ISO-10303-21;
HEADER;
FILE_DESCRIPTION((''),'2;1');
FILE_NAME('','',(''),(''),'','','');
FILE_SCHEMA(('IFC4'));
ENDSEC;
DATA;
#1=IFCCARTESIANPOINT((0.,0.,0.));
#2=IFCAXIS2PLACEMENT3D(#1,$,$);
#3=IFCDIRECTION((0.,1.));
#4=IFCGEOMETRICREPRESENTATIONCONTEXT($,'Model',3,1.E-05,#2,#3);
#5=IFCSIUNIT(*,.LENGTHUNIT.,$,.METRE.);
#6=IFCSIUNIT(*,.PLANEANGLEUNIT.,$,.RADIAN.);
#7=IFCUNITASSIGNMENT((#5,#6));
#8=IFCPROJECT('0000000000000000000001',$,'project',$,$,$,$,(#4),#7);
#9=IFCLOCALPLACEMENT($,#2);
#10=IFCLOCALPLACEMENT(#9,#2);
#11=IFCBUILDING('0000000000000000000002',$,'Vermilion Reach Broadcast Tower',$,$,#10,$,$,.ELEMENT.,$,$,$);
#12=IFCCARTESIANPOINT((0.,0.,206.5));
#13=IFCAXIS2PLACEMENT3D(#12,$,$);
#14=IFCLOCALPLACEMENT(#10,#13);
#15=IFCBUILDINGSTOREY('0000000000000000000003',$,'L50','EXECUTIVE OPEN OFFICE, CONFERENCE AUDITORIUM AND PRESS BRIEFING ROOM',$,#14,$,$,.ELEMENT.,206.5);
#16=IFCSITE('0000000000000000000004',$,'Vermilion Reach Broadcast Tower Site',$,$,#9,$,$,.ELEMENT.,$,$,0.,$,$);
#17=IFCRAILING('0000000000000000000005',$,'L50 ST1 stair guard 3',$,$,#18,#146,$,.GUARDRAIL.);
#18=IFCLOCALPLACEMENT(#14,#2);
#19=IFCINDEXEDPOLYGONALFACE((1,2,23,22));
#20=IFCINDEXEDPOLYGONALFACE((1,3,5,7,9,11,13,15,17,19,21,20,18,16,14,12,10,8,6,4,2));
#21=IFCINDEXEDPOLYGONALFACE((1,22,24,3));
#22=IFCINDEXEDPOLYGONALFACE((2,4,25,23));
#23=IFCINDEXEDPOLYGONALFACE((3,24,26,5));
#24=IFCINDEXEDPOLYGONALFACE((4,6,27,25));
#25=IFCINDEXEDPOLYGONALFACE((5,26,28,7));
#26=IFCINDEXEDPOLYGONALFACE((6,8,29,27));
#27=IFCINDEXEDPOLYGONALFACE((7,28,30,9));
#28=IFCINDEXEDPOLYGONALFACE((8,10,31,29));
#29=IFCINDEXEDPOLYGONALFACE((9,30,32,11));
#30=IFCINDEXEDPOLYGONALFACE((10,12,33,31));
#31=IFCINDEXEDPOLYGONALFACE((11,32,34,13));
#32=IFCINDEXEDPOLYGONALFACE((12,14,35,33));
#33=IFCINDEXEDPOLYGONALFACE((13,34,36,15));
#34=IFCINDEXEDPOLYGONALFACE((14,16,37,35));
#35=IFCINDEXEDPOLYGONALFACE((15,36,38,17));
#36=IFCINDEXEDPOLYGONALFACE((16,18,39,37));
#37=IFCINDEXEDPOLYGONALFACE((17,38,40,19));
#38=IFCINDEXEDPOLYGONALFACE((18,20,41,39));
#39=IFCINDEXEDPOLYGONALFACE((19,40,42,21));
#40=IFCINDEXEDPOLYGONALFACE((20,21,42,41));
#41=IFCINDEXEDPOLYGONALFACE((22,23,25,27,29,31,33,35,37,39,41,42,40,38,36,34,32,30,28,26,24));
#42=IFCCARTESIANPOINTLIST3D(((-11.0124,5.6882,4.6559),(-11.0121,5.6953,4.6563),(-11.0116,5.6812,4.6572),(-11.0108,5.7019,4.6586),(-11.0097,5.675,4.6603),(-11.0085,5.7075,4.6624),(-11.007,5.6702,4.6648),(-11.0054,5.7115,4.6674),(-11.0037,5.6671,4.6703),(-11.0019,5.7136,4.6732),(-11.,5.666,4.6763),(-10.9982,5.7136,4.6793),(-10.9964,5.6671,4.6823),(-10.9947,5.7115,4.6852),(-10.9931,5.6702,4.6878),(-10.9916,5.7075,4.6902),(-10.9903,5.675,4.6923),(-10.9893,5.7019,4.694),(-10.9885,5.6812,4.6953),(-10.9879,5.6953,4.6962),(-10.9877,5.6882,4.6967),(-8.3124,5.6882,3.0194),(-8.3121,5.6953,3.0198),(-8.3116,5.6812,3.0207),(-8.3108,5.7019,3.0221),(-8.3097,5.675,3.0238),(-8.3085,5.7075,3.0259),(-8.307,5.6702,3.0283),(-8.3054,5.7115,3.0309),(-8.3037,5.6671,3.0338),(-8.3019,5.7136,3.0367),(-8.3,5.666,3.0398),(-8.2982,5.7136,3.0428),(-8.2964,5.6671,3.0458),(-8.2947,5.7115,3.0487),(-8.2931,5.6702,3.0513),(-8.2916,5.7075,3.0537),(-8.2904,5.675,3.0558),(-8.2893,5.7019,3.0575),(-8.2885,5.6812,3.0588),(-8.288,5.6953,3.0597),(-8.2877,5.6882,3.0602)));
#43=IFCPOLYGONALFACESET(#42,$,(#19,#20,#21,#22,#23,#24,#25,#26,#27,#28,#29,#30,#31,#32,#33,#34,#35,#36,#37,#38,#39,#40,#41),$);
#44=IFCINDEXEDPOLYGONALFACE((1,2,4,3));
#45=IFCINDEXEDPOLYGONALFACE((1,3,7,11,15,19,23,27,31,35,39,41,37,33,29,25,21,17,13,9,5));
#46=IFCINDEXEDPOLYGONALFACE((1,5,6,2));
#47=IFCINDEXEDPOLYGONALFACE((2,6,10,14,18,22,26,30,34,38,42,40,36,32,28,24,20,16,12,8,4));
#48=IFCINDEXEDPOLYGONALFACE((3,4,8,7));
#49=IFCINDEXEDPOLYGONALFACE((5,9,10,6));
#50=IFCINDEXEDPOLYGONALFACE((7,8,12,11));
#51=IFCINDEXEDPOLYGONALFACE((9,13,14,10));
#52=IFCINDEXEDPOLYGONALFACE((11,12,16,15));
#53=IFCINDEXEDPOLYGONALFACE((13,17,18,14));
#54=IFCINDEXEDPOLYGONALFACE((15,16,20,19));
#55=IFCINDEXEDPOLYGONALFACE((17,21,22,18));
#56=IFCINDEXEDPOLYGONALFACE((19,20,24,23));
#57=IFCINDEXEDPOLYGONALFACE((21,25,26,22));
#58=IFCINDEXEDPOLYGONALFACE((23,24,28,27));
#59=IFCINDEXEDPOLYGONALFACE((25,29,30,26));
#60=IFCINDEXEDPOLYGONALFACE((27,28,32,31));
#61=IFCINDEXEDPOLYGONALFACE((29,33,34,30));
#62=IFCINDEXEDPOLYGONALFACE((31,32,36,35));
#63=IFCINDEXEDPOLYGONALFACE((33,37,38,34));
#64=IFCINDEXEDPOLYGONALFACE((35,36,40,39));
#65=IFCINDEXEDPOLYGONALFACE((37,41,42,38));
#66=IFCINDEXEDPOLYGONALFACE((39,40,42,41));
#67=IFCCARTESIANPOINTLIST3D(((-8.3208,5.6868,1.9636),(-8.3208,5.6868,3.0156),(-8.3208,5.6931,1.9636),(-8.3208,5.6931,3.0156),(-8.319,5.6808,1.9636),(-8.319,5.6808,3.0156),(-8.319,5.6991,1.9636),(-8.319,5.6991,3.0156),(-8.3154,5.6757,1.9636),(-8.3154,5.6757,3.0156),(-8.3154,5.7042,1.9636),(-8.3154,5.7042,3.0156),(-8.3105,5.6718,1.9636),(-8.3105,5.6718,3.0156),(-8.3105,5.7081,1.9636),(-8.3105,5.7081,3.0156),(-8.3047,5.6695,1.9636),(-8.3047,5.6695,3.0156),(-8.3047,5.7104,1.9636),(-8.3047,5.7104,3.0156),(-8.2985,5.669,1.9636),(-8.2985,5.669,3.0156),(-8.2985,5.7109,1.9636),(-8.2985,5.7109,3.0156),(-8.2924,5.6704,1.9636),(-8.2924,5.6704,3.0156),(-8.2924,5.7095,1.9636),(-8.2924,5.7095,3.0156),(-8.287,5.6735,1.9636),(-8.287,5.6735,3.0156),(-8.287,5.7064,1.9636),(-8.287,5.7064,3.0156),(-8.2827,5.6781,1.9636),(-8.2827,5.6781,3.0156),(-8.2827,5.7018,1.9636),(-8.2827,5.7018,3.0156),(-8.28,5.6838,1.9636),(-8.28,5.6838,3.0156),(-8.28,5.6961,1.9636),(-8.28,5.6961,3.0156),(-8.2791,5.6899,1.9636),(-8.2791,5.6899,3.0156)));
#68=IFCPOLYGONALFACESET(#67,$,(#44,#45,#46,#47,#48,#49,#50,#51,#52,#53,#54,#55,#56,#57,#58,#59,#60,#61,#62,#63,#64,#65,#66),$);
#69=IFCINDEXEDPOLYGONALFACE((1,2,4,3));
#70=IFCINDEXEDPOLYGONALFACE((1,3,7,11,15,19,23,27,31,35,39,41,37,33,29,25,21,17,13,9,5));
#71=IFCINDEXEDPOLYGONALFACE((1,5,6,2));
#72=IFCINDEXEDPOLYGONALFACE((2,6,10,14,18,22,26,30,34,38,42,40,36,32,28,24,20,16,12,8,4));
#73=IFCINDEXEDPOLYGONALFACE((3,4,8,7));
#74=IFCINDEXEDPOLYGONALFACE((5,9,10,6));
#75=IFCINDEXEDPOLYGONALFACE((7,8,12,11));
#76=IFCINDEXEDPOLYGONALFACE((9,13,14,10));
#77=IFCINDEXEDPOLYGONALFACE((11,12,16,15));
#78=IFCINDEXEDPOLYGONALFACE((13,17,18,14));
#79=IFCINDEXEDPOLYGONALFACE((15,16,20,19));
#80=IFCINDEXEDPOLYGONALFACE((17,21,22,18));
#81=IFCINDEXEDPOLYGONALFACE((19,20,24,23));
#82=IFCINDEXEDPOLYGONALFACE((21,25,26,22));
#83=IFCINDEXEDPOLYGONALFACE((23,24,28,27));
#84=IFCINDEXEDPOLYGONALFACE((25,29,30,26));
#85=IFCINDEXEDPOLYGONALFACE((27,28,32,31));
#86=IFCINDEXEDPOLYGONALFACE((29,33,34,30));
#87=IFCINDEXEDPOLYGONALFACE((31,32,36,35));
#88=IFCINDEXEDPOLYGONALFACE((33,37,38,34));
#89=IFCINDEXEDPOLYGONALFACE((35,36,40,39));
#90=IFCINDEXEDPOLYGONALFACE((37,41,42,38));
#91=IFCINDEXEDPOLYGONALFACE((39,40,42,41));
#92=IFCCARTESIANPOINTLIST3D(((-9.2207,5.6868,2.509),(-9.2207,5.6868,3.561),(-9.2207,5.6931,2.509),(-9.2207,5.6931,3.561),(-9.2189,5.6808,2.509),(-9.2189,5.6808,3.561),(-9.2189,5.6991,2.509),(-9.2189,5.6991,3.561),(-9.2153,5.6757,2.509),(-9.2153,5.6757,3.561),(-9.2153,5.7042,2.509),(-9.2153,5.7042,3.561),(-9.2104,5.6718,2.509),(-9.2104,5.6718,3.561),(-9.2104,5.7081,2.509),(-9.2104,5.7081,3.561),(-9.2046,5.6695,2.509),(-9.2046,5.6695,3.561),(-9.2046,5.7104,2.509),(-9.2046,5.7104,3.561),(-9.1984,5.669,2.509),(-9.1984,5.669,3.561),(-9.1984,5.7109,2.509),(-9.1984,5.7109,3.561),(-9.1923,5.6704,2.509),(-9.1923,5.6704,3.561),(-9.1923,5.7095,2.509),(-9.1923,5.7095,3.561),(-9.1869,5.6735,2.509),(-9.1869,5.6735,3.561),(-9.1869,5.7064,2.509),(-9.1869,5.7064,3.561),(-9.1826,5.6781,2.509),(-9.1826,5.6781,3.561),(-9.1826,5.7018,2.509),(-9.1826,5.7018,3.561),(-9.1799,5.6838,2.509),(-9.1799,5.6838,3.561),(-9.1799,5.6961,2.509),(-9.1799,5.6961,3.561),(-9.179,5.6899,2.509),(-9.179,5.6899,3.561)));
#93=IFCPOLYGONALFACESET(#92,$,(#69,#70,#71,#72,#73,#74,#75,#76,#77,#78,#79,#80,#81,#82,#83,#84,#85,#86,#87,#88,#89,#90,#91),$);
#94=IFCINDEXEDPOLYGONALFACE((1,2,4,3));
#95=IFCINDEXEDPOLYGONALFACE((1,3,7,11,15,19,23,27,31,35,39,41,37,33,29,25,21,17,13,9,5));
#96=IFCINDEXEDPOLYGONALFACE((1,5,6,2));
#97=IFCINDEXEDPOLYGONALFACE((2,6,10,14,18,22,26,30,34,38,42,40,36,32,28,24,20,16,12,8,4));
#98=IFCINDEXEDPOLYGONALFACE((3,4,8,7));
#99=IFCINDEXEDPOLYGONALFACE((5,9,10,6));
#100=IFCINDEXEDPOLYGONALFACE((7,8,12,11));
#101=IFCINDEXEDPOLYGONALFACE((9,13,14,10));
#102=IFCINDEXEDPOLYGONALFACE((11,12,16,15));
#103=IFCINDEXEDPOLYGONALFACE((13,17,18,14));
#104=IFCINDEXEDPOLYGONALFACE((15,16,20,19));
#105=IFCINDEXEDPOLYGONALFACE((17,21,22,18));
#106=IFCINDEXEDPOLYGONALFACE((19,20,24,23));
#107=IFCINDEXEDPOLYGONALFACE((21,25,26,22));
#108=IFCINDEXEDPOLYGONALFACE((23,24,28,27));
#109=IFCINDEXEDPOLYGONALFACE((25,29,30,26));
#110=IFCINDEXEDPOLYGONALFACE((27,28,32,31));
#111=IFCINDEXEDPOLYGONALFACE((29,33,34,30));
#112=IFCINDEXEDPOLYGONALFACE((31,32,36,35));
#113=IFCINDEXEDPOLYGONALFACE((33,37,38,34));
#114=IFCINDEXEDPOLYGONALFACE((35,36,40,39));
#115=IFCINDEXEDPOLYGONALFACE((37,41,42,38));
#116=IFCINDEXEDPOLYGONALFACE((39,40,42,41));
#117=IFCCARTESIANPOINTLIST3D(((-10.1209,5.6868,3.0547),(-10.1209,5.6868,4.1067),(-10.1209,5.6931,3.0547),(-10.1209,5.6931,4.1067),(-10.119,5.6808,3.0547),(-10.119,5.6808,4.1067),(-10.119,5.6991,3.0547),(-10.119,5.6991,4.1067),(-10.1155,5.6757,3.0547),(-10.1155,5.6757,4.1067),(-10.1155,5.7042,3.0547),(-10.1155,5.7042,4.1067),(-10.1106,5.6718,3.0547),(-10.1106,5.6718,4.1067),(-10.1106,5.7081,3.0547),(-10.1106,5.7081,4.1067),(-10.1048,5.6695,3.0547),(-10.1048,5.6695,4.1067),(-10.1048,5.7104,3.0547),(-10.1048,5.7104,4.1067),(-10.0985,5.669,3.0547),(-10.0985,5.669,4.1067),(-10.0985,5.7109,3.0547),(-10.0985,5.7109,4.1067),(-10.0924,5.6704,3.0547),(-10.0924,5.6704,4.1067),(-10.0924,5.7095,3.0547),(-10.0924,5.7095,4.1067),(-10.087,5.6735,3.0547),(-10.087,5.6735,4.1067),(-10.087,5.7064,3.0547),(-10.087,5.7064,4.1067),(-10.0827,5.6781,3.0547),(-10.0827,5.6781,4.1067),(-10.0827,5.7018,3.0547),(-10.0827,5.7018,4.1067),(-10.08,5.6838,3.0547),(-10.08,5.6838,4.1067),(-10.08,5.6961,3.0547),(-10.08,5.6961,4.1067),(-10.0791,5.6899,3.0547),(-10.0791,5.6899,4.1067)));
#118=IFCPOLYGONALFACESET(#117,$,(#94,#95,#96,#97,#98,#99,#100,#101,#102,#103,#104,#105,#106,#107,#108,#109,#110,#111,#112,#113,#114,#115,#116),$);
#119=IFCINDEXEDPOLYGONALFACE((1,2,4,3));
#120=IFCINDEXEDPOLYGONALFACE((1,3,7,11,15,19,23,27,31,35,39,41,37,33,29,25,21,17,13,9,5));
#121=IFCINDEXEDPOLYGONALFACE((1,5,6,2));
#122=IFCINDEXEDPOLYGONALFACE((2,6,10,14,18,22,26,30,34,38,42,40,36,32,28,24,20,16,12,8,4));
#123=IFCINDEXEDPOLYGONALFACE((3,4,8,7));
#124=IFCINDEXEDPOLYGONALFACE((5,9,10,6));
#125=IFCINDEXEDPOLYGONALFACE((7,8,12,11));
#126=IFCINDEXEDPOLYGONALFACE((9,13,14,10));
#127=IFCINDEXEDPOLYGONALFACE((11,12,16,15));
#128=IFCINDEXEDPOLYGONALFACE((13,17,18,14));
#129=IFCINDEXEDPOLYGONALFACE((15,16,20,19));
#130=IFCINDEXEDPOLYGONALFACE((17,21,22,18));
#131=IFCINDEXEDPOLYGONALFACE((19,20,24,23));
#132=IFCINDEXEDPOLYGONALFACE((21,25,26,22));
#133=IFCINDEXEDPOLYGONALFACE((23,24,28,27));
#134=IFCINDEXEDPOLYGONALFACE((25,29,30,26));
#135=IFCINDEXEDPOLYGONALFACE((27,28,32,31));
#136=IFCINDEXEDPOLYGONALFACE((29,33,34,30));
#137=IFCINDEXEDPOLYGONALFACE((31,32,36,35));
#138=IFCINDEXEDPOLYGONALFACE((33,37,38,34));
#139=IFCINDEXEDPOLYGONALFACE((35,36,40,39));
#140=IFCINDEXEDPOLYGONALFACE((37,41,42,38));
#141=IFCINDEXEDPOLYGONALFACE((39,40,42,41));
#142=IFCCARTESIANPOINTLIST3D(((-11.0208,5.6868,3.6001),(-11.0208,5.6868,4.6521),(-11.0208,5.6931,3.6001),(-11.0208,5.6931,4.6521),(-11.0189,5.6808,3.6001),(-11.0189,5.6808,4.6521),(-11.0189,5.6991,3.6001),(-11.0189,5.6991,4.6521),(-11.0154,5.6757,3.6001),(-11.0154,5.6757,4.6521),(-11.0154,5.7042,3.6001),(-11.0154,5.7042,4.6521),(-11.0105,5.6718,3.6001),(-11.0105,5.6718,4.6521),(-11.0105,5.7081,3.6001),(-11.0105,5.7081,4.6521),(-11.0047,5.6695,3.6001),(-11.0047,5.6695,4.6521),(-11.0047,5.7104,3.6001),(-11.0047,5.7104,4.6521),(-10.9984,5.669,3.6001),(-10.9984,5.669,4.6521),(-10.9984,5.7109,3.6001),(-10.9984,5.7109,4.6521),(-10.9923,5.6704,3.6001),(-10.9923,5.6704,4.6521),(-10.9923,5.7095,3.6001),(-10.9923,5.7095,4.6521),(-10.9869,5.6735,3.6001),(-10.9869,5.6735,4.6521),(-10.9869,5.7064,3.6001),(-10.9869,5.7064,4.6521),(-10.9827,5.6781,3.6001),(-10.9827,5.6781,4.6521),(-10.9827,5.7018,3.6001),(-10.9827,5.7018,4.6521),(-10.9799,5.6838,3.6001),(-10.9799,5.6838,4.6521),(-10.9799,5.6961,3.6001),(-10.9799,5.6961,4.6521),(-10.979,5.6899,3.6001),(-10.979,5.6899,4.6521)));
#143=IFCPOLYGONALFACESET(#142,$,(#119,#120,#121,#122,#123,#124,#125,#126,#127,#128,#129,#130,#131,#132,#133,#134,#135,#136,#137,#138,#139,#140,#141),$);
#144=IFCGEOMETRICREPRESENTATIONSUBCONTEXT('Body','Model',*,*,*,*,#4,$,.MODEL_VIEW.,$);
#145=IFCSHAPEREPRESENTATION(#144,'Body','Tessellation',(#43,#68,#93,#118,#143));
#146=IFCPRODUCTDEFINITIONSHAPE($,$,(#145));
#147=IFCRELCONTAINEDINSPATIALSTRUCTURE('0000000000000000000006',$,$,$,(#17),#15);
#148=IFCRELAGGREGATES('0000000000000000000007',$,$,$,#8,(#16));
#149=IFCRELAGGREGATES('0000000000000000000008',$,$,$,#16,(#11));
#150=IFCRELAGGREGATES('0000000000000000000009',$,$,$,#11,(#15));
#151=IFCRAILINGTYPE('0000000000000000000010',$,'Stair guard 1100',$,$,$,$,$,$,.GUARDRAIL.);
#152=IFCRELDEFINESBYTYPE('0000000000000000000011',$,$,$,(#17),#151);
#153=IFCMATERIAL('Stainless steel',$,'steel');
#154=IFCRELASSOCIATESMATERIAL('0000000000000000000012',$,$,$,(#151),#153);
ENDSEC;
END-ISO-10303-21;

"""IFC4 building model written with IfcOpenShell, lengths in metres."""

from ifc_helpers import new_model, si_unit, direction, frame, origin, origin_2d, place, context, subcontext, project, spatial, circle, extrude, material, type_object, element, save


model = new_model("IFC4")

# Units and contexts
model_context = context("Model", 3, precision=1e-05, world=origin(), true_north=direction((0.0, 1.0)))
body_context = subcontext(model_context, "Body", "Model", "MODEL_VIEW")
ifc_project = project(units=[si_unit("LENGTHUNIT", "METRE"), si_unit("PLANEANGLEUNIT", "RADIAN")], contexts=[model_context])

# Site, building, storey
site_placement = place(None, origin())
site = spatial("IfcSite", under=ifc_project, at=site_placement, Name="Vermilion Reach Broadcast Tower Site", CompositionType="ELEMENT", RefElevation=0.0)
building_placement = place(site_placement, origin())
building = spatial("IfcBuilding", under=site, at=building_placement, Name="Vermilion Reach Broadcast Tower", CompositionType="ELEMENT")
storey_placement = place(building_placement, frame((0.0, 0.0, 206.5)))
storey = spatial("IfcBuildingStorey", under=building, at=storey_placement, Name="L50", Description="EXECUTIVE OPEN OFFICE, CONFERENCE AUDITORIUM AND PRESS BRIEFING ROOM", CompositionType="ELEMENT", Elevation=206.5)

# Railing
ifc_material_1 = material(Name="Stainless steel", Category="steel")
railing_type_1 = type_object("IfcRailingType", Name="Stair guard 1100", PredefinedType="GUARDRAIL", material=ifc_material_1)
railing_1_placement = place(storey_placement, frame((-8.3, 5.6899, 1.9636)))
element("IfcRailing", 1, at=railing_1_placement, inside=storey, type_object=railing_type_1, Name="L50 ST1 stair guard 3", PredefinedType="GUARDRAIL", context=body_context, shape_type="SweptSolid", body=[
    extrude(circle(Radius=0.0239, at=origin_2d()), frame((0.0, 0.0, 1.0762), z_axis=(-0.855178, 0.0, 0.518334), x_axis=(0.0, -1.0, 0.0)), (0.0, 0.0, 1.0), 3.1572),
    extrude(circle(Radius=0.021, at=origin_2d()), origin(), (0.0, 0.0, 1.0), 1.052),
    extrude(circle(Radius=0.021, at=origin_2d()), frame((-0.8999, 0.0, 0.5454)), (0.0, 0.0, 1.0), 1.052),
    extrude(circle(Radius=0.021, at=origin_2d()), frame((-1.8, 0.0, 1.0911)), (0.0, 0.0, 1.0), 1.052),
    extrude(circle(Radius=0.021, at=origin_2d()), frame((-2.7, 0.0, 1.6365)), (0.0, 0.0, 1.0), 1.052),
])

save(model, "model.ifc")
